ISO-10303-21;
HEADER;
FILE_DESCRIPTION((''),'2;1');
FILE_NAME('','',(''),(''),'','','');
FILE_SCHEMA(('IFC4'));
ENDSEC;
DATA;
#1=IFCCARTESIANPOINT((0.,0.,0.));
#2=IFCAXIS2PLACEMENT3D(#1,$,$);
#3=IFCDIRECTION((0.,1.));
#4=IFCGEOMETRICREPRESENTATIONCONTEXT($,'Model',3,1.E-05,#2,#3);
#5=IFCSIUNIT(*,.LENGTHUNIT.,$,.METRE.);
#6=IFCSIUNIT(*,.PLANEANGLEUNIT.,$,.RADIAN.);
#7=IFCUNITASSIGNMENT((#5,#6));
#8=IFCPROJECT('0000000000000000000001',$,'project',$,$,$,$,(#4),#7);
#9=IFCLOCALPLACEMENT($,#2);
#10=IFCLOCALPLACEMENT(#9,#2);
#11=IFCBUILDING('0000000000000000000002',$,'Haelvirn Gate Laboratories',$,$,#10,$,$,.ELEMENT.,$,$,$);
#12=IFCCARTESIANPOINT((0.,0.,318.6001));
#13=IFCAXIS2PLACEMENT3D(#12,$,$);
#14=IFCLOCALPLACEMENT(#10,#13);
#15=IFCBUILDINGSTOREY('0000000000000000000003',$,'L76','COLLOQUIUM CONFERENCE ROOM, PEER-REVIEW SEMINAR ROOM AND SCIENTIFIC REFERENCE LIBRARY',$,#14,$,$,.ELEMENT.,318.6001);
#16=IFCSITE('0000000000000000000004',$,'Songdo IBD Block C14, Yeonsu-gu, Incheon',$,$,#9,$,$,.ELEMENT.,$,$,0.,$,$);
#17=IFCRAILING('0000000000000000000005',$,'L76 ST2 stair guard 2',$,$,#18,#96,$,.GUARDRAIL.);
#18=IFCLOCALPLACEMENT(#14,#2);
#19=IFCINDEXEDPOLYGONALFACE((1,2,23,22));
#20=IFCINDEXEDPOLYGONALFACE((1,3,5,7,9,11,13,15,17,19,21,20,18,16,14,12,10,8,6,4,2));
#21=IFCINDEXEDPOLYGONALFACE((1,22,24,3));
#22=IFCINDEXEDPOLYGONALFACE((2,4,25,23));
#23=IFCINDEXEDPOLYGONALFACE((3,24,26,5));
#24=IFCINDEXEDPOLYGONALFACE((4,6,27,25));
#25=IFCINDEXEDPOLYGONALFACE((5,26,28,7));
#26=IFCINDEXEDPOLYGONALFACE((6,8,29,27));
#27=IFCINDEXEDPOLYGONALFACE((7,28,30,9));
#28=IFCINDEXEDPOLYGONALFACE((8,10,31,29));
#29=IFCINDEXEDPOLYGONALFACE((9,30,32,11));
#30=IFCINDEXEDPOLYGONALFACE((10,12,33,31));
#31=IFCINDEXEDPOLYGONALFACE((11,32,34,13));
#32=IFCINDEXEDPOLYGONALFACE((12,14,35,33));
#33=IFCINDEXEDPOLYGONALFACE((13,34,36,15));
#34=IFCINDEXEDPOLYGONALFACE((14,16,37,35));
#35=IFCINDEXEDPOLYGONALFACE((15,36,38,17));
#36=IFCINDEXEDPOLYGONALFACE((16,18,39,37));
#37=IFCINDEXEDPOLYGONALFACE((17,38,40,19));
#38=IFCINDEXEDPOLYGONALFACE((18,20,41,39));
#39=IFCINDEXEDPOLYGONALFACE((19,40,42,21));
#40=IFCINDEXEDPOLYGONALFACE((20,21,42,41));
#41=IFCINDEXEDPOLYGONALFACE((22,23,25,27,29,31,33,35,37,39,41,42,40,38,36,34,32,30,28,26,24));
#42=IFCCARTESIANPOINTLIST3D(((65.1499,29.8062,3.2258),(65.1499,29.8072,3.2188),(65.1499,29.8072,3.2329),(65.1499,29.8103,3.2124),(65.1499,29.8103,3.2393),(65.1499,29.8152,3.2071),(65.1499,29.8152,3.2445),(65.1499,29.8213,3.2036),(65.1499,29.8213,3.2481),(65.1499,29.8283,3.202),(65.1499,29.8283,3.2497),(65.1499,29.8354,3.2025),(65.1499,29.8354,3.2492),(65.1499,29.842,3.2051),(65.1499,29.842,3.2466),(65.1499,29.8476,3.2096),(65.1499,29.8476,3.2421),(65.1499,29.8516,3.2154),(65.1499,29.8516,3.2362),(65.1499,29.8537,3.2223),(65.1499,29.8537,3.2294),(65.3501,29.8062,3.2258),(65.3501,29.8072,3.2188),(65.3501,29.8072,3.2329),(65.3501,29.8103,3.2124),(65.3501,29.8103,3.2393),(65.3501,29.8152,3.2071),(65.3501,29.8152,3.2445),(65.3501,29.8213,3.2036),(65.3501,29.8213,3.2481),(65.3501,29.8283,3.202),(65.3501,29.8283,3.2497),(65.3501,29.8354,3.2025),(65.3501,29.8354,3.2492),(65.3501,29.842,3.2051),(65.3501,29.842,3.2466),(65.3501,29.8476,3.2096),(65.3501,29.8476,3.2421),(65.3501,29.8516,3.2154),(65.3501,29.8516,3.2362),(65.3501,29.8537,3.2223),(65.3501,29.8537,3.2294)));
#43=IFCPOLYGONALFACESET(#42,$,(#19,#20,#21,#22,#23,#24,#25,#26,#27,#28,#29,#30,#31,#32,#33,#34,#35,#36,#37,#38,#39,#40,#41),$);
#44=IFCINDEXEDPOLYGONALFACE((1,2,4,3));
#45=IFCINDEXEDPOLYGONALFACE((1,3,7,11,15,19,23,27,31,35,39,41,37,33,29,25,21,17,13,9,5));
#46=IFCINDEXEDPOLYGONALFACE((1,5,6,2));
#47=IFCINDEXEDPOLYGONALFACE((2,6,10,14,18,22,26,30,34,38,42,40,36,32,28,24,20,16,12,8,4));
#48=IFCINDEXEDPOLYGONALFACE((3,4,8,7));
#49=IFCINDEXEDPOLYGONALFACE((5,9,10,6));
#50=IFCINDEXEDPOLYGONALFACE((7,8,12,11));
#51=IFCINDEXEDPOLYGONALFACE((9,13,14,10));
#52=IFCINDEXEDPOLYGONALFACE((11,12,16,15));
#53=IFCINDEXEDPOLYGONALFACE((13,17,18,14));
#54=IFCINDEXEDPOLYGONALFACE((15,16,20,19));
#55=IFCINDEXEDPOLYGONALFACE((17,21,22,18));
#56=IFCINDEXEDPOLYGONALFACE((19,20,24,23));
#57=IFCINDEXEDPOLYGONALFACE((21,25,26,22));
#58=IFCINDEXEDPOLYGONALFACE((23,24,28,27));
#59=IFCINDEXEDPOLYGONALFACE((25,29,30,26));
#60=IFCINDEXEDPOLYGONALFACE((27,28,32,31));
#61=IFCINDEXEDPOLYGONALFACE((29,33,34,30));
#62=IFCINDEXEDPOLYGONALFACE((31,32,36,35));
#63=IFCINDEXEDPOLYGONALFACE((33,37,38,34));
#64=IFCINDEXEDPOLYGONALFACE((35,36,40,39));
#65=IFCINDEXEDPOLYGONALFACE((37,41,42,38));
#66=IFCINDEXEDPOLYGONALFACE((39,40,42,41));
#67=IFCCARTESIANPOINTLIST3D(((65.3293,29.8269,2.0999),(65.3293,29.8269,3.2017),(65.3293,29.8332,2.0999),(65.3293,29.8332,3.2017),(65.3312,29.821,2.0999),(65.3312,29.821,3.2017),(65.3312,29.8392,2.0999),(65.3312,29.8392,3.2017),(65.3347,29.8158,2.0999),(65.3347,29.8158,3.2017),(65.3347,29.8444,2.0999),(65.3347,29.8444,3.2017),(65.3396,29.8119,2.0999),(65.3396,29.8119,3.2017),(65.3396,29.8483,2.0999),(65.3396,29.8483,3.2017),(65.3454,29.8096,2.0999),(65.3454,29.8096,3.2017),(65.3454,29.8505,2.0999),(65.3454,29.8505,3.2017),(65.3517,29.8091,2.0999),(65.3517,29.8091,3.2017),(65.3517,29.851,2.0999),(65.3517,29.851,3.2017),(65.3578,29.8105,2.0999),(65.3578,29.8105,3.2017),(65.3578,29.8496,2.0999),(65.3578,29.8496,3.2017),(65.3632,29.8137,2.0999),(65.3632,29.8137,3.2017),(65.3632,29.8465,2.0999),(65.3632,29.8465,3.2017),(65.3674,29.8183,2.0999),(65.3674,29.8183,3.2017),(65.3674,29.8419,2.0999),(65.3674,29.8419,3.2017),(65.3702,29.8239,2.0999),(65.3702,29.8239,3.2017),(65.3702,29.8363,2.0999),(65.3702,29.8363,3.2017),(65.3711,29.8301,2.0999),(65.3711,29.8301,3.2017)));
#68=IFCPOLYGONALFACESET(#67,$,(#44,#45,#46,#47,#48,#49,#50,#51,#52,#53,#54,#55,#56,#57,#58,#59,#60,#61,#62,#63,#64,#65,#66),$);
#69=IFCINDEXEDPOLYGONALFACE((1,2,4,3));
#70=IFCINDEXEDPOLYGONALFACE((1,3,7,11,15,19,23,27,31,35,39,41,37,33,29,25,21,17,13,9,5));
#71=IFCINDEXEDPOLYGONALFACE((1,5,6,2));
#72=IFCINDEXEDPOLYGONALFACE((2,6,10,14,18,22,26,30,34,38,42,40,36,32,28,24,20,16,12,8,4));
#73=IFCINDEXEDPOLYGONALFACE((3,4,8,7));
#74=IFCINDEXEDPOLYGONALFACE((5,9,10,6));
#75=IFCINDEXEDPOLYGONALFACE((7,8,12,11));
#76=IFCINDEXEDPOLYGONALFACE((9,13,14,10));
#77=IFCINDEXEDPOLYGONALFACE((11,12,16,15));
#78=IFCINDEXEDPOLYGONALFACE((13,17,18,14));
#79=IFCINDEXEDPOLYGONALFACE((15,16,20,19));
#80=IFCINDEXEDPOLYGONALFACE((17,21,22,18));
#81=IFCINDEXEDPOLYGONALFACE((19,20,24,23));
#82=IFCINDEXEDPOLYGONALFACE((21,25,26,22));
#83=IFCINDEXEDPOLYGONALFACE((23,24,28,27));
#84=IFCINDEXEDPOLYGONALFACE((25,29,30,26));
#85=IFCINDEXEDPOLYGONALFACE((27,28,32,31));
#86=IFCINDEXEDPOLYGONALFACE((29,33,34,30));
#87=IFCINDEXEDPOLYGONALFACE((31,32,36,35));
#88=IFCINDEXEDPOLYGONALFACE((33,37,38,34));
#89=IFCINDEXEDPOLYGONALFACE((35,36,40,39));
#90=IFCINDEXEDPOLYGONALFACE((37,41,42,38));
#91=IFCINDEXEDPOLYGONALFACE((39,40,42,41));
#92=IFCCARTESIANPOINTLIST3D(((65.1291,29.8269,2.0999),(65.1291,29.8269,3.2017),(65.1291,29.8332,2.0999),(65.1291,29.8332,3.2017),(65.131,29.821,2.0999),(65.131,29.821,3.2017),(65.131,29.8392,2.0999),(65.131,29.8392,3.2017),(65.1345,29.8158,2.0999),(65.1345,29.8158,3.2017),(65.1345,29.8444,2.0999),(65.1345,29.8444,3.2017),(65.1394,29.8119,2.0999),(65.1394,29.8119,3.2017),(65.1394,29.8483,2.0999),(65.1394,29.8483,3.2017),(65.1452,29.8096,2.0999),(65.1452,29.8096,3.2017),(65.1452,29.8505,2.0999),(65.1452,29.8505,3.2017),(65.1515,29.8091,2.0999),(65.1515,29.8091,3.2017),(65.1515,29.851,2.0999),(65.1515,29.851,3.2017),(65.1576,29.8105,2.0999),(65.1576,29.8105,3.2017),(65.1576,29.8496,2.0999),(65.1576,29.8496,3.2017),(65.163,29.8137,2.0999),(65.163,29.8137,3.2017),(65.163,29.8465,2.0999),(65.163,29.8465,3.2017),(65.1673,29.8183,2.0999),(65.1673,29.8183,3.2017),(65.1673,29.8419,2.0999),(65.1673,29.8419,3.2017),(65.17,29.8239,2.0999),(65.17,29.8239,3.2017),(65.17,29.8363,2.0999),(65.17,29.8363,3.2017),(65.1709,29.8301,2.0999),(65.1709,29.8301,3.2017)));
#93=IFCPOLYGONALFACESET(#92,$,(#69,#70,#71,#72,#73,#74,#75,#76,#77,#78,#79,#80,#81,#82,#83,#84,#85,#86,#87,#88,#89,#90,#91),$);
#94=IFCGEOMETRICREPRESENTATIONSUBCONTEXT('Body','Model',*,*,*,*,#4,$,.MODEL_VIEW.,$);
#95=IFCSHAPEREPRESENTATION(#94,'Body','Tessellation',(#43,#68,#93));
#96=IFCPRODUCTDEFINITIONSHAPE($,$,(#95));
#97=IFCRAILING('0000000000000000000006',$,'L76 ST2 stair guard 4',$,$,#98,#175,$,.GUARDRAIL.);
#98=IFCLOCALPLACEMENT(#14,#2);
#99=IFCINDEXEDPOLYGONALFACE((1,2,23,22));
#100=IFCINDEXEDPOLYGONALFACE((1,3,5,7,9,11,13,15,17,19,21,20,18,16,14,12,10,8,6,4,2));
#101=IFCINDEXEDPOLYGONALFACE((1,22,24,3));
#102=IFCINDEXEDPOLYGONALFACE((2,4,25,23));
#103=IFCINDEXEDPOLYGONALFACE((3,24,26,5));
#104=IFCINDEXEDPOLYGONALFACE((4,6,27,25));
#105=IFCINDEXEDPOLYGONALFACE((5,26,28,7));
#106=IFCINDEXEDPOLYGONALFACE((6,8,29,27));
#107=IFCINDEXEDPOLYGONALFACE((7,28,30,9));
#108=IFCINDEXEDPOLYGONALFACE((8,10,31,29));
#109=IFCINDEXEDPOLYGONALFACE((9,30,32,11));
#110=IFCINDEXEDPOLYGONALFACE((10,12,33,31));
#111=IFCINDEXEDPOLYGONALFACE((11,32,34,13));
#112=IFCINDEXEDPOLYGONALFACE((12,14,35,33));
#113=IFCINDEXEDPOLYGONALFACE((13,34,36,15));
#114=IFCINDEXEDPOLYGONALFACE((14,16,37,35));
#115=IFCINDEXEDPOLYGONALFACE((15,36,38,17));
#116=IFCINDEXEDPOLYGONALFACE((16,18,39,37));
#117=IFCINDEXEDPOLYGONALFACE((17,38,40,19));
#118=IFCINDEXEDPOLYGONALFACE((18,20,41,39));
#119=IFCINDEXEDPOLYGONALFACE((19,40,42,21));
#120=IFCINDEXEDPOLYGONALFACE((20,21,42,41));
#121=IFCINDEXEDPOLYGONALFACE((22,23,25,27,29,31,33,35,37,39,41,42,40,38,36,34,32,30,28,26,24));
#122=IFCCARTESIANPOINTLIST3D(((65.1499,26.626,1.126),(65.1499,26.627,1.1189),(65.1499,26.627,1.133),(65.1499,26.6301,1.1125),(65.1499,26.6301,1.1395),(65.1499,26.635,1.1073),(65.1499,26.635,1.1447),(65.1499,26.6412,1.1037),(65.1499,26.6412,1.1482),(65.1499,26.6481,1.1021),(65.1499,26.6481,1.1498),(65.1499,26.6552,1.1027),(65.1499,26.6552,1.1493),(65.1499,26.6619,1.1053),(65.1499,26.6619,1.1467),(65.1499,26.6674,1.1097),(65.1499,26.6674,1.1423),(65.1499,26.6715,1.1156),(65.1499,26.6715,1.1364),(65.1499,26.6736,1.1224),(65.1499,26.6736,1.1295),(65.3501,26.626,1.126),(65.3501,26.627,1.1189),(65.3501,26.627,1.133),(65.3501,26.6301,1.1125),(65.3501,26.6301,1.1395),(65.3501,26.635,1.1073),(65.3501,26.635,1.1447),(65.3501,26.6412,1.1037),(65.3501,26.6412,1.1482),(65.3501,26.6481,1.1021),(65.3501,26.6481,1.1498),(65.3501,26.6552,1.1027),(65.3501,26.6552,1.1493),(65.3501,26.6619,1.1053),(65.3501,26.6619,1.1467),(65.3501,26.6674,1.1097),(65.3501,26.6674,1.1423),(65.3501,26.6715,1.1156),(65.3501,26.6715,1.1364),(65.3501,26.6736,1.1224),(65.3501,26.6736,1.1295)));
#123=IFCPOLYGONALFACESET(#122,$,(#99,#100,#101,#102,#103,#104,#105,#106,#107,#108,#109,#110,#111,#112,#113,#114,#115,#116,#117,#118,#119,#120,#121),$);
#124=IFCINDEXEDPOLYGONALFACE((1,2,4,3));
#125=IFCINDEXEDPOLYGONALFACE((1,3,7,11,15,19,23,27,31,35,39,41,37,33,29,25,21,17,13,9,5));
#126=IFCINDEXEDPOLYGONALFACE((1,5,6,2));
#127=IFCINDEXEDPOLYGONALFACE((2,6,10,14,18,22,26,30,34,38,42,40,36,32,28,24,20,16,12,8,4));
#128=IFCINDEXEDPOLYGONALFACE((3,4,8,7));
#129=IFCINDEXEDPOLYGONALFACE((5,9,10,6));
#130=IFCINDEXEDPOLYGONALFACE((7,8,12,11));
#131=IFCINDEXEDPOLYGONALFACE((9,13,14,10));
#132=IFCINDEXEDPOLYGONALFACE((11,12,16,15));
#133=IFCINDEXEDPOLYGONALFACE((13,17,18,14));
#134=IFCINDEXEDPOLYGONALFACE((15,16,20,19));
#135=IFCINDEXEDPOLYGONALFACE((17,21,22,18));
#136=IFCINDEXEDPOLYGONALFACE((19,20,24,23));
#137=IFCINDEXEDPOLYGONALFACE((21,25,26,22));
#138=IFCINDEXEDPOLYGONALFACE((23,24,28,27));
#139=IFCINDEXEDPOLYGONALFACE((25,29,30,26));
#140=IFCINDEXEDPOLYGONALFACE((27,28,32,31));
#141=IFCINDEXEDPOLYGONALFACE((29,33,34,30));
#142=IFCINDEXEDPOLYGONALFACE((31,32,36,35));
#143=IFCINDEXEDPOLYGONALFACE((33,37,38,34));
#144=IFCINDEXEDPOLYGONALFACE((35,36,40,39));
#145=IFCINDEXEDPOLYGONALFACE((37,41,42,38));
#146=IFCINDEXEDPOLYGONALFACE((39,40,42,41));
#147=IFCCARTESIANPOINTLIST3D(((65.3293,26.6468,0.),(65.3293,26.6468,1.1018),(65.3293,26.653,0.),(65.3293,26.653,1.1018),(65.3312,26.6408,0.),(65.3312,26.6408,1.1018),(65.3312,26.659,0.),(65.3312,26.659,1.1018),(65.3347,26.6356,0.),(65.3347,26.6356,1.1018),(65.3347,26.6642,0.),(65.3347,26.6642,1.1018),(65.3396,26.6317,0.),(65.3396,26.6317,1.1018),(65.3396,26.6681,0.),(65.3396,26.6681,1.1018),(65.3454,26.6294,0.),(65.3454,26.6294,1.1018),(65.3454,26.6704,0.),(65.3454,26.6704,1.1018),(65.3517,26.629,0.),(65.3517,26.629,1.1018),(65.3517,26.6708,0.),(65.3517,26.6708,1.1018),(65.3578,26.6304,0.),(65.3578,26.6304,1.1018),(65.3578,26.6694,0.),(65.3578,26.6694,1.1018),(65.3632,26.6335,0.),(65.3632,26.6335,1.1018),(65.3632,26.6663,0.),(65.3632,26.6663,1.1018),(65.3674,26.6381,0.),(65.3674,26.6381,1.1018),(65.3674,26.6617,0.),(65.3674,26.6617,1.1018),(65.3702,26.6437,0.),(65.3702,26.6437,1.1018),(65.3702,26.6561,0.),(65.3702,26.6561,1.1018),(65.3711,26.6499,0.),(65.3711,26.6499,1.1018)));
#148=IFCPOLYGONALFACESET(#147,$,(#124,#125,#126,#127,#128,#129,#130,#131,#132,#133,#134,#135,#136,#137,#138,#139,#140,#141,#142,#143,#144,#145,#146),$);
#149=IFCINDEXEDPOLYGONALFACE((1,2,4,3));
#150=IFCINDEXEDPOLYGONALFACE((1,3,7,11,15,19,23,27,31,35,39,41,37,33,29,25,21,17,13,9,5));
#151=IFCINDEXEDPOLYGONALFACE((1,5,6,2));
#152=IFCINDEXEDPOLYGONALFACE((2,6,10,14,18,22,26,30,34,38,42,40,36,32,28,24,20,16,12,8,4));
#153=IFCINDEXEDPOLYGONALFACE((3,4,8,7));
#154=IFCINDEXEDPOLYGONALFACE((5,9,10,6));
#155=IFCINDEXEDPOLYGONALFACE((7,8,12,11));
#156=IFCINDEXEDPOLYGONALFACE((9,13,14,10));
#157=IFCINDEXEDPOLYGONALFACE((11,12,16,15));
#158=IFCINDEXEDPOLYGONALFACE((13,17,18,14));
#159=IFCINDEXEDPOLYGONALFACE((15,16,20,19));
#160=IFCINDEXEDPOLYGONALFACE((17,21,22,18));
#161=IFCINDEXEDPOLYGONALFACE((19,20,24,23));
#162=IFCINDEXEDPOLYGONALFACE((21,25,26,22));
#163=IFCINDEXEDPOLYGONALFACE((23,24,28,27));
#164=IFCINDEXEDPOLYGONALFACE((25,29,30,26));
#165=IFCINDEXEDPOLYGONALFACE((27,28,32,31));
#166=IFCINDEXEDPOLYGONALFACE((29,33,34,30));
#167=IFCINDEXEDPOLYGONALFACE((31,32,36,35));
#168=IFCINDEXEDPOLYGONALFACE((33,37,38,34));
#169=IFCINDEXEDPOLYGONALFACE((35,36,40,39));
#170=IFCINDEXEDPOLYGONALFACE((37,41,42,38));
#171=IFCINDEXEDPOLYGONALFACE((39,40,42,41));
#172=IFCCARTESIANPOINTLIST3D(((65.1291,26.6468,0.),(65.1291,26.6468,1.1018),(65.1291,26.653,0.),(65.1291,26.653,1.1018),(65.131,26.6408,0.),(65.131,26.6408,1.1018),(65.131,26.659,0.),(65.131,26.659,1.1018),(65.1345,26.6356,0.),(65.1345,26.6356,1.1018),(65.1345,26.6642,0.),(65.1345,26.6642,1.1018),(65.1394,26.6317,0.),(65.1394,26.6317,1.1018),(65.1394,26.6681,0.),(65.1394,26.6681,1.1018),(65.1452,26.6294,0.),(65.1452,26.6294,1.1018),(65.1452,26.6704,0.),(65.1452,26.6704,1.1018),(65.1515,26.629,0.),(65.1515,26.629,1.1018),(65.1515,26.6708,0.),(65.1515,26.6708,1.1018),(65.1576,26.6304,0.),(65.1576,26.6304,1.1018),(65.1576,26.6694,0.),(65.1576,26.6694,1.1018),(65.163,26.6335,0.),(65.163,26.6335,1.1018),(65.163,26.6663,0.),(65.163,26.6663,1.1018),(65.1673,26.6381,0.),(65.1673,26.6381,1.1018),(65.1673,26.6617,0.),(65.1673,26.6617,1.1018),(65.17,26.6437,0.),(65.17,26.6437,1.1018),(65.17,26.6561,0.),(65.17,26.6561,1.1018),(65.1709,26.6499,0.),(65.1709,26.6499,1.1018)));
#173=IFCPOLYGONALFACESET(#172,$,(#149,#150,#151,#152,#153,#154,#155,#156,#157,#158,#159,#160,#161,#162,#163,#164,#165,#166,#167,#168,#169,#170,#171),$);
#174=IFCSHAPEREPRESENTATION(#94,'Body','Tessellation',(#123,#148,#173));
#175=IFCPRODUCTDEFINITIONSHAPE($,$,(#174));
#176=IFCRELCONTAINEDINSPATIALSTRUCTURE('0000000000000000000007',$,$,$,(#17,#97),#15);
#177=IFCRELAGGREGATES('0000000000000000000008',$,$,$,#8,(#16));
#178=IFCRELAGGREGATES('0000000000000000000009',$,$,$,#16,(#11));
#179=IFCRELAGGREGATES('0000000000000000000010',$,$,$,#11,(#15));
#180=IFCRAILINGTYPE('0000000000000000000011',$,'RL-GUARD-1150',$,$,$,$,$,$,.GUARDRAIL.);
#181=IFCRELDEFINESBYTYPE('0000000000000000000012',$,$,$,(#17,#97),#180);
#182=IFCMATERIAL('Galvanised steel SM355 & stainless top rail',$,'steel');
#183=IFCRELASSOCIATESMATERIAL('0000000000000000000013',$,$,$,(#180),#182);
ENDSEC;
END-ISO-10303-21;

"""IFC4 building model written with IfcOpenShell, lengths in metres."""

from ifc_helpers import new_model, si_unit, direction, frame, origin, origin_2d, place, context, subcontext, project, spatial, circle, extrude, source, transform, mapped, material, type_object, element, save


model = new_model("IFC4")

# Units and contexts
model_context = context("Model", 3, precision=1e-05, world=origin(), true_north=direction((0.0, 1.0)))
body_context = subcontext(model_context, "Body", "Model", "MODEL_VIEW")
ifc_project = project(units=[si_unit("LENGTHUNIT", "METRE"), si_unit("PLANEANGLEUNIT", "RADIAN")], contexts=[model_context])

# Site, building, storey
site_placement = place(None, origin())
site = spatial("IfcSite", under=ifc_project, at=site_placement, Name="Songdo IBD Block C14, Yeonsu-gu, Incheon", CompositionType="ELEMENT", RefElevation=0.0)
building_placement = place(site_placement, origin())
building = spatial("IfcBuilding", under=site, at=building_placement, Name="Haelvirn Gate Laboratories", CompositionType="ELEMENT")
storey_placement = place(building_placement, frame((0.0, 0.0, 318.6001)))
storey = spatial("IfcBuildingStorey", under=building, at=storey_placement, Name="L76", Description="COLLOQUIUM CONFERENCE ROOM, PEER-REVIEW SEMINAR ROOM AND SCIENTIFIC REFERENCE LIBRARY", CompositionType="ELEMENT", Elevation=318.6001)

# Railings
ifc_material_1 = material(Name="Galvanised steel SM355 & stainless top rail", Category="steel")
railing_type_1 = type_object("IfcRailingType", Name="RL-GUARD-1150", PredefinedType="GUARDRAIL", material=ifc_material_1)
shared_shape_1 = source(origin(), body_context, "Body", "SweptSolid", [
    extrude(circle(Radius=0.0239, at=origin_2d()), frame((0.0, 0.0, 1.126), z_axis=(-1.0, 0.0, 0.0), x_axis=(0.0, -1.0, 0.0)), (0.0, 0.0, 1.0), 0.2002),
    extrude(circle(Radius=0.021, at=origin_2d()), origin(), (0.0, 0.0, 1.0), 1.1018),
    extrude(circle(Radius=0.021, at=origin_2d()), frame((-0.2002, 0.0, 0.0)), (0.0, 0.0, 1.0), 1.1018),
])
for number, where, name in (
    (1, (65.3501, 29.8301, 2.0999), "L76 ST2 stair guard 2"),
    (2, (65.3501, 26.6499, 0.0), "L76 ST2 stair guard 4"),
):
    element("IfcRailing", number, at=place(storey_placement, frame(where)), inside=storey, type_object=railing_type_1, Name=name, PredefinedType="GUARDRAIL", context=body_context, shape_type="MappedRepresentation", body=[
        mapped(shared_shape_1, transform((0.0, 0.0, 0.0), scale=1.0)),
    ])

save(model, "model.ifc")
